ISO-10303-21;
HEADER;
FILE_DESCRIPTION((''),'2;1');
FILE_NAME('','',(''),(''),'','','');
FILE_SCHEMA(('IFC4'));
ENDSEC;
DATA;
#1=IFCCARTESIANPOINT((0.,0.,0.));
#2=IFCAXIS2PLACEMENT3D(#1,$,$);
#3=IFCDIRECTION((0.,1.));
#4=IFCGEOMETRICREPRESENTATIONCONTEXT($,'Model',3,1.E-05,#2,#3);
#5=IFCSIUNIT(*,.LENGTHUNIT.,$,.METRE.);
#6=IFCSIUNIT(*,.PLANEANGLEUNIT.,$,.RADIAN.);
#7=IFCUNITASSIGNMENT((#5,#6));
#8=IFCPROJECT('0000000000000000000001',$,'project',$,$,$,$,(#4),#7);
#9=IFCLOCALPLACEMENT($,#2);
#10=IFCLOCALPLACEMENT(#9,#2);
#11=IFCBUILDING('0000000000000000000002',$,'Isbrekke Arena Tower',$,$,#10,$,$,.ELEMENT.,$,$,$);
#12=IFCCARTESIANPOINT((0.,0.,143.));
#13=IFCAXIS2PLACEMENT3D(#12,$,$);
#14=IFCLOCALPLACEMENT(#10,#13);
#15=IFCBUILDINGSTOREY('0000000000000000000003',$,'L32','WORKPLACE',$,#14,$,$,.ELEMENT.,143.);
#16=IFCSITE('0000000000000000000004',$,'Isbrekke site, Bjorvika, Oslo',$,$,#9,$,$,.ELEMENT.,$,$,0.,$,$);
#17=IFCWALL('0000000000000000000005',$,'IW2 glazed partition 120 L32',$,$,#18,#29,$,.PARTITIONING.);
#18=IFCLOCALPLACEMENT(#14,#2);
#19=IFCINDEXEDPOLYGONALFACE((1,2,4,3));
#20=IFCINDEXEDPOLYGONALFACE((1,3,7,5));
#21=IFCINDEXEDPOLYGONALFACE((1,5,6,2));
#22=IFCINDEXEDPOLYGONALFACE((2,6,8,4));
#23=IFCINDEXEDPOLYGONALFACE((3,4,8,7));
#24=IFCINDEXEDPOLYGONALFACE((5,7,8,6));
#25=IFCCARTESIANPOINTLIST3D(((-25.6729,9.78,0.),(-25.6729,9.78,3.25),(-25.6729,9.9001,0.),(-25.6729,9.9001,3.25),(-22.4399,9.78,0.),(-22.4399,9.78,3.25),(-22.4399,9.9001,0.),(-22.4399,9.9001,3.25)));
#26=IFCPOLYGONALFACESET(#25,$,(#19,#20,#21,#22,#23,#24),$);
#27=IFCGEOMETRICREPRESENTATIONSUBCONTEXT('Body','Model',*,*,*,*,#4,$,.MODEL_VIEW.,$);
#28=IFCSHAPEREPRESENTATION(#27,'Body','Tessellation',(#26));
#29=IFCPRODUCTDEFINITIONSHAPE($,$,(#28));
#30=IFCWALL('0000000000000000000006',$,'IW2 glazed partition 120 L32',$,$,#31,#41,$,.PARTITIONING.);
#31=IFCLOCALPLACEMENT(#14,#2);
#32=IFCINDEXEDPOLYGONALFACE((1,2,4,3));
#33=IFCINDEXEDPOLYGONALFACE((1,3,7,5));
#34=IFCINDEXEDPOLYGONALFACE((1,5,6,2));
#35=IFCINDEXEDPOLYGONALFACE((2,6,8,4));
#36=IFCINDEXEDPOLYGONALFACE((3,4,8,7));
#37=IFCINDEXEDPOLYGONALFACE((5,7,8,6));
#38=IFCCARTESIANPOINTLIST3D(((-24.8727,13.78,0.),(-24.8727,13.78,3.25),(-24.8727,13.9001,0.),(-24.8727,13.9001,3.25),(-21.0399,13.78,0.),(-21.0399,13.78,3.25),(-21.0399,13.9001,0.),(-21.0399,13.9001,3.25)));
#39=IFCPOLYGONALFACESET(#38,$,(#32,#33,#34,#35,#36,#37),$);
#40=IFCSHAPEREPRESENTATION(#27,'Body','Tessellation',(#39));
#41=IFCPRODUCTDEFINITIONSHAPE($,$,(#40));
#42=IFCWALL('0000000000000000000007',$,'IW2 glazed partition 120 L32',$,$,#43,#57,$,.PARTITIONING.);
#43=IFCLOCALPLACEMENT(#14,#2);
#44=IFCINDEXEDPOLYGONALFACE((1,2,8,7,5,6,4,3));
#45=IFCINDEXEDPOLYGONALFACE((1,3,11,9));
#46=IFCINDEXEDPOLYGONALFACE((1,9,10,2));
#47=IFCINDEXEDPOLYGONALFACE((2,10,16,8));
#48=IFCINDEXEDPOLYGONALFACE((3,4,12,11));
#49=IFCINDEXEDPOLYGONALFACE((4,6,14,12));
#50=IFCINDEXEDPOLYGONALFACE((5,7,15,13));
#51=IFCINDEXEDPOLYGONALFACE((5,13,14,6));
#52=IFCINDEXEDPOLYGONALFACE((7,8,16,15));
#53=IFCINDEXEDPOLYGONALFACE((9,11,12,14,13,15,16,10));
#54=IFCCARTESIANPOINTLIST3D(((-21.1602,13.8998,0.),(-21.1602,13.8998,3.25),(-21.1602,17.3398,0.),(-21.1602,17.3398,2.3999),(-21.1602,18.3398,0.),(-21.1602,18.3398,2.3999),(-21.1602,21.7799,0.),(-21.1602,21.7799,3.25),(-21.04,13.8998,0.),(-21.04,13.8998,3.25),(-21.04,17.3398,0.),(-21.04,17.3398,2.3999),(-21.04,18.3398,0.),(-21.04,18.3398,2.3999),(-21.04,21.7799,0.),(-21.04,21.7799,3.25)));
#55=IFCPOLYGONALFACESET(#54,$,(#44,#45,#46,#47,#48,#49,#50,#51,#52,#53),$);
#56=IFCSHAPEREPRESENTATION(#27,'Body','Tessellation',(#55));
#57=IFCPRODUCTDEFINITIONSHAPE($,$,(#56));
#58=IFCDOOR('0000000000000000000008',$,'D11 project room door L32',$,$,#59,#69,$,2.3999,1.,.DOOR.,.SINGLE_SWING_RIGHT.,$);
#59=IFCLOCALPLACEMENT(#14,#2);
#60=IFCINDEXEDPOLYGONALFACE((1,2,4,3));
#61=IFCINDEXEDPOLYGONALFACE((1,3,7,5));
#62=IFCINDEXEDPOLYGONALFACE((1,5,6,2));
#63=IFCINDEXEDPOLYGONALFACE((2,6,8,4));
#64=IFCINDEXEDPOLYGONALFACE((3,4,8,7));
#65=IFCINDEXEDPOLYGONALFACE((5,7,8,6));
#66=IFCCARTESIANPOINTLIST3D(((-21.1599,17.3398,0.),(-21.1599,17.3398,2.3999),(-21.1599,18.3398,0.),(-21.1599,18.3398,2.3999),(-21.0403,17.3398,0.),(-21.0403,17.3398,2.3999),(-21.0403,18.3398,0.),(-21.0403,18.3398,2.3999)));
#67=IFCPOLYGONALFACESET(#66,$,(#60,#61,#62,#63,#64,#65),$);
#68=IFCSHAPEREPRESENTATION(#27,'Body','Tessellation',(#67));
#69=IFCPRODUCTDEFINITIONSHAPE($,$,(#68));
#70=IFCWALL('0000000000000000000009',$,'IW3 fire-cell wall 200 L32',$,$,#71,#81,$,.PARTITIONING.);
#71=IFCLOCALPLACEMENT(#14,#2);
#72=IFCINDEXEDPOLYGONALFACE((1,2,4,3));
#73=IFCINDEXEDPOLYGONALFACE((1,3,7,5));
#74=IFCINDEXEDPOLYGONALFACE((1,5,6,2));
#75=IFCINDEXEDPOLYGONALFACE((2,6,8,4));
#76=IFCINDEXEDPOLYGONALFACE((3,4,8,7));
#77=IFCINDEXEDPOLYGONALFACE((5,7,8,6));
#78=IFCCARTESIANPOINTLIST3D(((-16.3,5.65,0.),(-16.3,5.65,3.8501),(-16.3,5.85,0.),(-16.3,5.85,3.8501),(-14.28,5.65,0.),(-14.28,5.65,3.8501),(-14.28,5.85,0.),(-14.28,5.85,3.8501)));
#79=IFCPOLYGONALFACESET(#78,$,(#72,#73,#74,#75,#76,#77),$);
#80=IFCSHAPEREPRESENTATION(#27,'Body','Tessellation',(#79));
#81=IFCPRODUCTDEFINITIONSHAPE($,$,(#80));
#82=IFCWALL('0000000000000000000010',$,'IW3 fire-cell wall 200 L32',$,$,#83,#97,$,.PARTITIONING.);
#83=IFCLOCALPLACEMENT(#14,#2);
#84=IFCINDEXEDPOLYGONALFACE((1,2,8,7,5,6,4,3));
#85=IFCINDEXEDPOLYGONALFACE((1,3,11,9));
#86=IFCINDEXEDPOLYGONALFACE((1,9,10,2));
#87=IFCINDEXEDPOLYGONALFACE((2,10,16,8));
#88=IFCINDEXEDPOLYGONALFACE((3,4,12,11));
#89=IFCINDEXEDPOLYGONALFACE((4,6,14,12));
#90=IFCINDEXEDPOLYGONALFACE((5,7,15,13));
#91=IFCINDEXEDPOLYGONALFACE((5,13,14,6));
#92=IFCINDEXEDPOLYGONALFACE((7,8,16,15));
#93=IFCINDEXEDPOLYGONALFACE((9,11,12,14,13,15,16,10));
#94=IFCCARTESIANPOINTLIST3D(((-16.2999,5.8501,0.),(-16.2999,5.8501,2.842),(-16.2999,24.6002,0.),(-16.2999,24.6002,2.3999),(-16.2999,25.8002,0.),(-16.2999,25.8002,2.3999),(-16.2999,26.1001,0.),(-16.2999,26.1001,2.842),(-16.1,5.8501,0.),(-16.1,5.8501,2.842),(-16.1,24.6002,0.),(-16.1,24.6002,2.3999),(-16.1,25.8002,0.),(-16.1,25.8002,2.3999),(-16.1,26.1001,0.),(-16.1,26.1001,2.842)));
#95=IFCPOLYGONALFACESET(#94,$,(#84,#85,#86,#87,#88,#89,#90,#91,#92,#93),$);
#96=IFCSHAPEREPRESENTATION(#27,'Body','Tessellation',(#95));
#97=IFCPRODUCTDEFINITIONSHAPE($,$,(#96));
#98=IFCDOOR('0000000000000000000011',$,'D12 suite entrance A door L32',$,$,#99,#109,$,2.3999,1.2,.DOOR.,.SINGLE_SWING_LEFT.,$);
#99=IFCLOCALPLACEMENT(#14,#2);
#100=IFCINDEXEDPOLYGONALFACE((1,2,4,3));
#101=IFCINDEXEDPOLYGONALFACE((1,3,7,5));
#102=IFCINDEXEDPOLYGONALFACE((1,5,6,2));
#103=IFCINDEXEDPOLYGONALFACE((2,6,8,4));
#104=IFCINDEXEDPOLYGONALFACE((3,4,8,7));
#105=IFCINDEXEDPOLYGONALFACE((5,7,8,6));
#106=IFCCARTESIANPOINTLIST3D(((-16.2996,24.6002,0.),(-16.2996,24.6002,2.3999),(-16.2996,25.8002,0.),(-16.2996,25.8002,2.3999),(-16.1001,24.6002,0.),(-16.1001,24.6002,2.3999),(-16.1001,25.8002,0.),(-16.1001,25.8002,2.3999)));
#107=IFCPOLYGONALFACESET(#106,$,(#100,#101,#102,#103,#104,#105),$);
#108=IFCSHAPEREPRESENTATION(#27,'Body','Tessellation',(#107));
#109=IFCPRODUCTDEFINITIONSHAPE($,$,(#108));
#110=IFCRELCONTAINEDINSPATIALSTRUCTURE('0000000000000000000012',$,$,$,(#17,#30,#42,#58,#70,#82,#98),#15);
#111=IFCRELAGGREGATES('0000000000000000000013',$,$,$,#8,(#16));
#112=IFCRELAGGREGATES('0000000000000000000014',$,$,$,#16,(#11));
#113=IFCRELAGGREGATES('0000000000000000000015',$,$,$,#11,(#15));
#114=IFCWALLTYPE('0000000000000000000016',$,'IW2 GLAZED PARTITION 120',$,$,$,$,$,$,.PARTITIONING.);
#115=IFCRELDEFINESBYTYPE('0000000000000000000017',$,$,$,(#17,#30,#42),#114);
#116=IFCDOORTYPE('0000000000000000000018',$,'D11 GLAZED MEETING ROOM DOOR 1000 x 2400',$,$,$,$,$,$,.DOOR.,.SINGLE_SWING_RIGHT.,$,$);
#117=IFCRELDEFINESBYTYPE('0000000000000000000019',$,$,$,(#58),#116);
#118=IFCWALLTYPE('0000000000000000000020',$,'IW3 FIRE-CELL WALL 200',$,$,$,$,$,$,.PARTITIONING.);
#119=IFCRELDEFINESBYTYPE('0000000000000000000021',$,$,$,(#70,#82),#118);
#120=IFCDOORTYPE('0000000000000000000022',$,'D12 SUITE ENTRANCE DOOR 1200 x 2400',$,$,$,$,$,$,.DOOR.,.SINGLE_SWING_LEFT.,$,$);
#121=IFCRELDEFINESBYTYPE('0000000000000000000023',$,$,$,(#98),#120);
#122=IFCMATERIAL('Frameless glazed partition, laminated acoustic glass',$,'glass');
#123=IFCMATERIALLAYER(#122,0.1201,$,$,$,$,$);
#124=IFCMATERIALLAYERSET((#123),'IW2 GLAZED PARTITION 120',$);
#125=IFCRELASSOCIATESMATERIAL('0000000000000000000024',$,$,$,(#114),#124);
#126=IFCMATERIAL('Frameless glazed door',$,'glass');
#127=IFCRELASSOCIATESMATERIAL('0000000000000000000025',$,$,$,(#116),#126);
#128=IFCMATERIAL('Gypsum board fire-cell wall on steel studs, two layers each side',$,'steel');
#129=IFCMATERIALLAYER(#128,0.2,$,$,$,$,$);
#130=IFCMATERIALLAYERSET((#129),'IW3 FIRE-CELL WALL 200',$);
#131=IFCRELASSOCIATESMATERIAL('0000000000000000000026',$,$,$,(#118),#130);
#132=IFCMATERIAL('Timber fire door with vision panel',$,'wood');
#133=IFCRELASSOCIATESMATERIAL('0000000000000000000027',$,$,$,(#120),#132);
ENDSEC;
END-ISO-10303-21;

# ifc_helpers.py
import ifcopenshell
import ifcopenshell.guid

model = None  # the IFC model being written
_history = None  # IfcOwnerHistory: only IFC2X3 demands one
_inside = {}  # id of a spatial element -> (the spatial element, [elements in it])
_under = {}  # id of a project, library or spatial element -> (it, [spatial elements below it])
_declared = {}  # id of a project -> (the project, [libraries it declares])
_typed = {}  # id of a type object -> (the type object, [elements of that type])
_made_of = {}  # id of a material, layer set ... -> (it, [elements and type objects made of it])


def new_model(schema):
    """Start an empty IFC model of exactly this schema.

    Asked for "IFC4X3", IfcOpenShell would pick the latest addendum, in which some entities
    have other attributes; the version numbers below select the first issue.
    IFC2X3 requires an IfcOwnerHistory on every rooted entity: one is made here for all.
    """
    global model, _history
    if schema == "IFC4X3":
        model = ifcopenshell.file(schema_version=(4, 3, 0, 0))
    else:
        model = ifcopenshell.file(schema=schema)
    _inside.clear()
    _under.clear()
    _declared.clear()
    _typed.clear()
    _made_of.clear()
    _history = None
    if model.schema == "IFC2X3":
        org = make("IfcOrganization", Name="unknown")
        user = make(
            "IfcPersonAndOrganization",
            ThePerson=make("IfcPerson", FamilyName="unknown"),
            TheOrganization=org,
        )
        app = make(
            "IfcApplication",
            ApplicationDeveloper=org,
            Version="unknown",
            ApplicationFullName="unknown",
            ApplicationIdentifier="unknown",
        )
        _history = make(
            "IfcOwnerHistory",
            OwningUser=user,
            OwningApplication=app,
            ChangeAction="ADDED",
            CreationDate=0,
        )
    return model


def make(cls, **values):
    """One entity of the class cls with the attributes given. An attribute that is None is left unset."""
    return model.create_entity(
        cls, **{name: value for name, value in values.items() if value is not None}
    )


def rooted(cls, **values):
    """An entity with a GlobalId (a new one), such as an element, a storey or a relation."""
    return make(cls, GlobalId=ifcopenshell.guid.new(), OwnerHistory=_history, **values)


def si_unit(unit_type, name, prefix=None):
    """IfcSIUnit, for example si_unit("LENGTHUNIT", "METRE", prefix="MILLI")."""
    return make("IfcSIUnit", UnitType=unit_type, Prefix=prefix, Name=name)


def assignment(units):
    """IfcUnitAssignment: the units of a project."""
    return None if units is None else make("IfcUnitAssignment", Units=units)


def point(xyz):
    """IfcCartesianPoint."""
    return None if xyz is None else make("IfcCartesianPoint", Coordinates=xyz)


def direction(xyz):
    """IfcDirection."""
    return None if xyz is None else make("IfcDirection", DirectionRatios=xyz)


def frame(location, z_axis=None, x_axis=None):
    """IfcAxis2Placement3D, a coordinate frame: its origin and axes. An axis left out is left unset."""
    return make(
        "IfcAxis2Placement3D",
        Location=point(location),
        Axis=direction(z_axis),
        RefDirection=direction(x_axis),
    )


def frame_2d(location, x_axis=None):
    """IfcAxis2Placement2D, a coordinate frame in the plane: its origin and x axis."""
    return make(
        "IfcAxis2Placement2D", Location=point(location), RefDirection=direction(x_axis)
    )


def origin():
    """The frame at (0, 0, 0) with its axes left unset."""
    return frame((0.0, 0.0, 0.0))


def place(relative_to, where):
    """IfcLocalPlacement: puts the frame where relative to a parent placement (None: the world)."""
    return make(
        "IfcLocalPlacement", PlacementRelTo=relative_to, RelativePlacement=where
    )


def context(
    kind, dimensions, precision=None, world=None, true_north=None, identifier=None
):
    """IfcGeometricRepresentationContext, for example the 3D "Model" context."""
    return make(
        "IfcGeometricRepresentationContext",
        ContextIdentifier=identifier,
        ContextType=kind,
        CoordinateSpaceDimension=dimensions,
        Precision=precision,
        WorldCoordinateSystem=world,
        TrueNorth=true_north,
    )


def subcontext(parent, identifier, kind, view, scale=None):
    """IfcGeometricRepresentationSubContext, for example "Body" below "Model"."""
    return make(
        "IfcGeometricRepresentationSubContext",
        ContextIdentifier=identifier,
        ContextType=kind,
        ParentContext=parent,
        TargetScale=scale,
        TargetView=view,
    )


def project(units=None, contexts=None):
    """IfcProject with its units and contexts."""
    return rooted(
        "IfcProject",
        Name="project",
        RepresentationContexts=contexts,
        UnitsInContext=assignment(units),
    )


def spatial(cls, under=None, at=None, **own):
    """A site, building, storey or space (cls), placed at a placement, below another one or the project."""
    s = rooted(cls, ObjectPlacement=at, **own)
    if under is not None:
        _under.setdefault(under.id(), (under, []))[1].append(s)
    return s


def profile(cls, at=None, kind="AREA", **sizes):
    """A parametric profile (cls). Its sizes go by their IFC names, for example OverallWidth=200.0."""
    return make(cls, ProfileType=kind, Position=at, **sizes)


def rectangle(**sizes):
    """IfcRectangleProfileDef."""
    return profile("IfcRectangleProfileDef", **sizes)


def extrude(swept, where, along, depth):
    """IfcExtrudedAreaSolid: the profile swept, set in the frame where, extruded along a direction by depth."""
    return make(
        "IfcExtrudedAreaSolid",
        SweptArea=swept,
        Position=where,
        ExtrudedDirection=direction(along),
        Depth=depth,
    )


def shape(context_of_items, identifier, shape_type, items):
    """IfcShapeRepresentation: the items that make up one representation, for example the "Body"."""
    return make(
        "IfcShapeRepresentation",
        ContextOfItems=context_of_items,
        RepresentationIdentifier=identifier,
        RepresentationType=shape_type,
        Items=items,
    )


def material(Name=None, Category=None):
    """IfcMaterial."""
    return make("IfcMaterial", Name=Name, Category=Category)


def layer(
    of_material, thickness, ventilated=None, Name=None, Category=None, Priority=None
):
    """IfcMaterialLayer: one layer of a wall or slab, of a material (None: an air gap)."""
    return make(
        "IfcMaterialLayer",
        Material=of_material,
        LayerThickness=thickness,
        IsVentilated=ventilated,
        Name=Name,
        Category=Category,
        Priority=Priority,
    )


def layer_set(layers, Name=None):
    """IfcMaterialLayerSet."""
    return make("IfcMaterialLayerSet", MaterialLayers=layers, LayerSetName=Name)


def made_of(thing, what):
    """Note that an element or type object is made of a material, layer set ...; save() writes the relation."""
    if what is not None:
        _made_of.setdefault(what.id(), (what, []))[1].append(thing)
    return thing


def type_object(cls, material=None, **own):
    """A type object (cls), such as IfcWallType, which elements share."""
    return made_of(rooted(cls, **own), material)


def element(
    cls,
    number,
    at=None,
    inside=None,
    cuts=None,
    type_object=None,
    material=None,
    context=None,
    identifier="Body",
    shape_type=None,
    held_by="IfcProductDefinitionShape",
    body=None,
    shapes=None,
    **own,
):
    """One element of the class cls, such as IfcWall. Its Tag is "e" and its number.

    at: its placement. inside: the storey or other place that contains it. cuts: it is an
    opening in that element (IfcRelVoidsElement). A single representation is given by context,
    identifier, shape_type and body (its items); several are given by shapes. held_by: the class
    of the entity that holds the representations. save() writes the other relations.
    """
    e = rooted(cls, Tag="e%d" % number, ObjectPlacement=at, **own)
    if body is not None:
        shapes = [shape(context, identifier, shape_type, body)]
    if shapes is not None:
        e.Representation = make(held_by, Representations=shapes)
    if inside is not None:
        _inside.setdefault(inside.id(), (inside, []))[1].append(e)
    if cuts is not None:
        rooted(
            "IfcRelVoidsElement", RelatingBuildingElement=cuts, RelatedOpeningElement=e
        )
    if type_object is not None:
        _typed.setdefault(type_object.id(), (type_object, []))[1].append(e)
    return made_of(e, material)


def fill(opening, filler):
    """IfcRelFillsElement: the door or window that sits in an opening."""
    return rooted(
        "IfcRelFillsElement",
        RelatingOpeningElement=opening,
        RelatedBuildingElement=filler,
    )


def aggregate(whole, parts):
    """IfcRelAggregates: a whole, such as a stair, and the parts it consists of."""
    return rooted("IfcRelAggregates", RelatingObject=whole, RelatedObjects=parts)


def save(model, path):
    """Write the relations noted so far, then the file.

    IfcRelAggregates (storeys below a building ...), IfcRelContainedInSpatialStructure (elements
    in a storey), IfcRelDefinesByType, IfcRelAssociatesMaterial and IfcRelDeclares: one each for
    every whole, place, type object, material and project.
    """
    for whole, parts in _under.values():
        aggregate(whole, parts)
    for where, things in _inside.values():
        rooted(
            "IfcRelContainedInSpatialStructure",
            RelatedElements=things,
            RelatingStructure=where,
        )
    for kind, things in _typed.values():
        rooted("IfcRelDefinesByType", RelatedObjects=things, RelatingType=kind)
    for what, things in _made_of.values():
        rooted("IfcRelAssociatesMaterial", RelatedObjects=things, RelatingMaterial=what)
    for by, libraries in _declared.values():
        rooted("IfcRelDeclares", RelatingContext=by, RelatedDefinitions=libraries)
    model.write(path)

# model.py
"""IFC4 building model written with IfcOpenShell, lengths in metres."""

from ifc_helpers import new_model, si_unit, direction, frame, frame_2d, origin, place, context, subcontext, project, spatial, rectangle, extrude, material, layer, layer_set, type_object, element, fill, save


model = new_model("IFC4")

# Units and contexts
model_context = context("Model", 3, precision=1e-05, world=origin(), true_north=direction((0.0, 1.0)))
body_context = subcontext(model_context, "Body", "Model", "MODEL_VIEW")
ifc_project = project(units=[si_unit("LENGTHUNIT", "METRE"), si_unit("PLANEANGLEUNIT", "RADIAN")], contexts=[model_context])

# Site, building, storey
site_placement = place(None, origin())
site = spatial("IfcSite", under=ifc_project, at=site_placement, Name="Isbrekke site, Bjorvika, Oslo", CompositionType="ELEMENT", RefElevation=0.0)
building_placement = place(site_placement, origin())
building = spatial("IfcBuilding", under=site, at=building_placement, Name="Isbrekke Arena Tower", CompositionType="ELEMENT")
storey_placement = place(building_placement, frame((0.0, 0.0, 143.0)))
storey = spatial("IfcBuildingStorey", under=building, at=storey_placement, Name="L32", Description="WORKPLACE", CompositionType="ELEMENT", Elevation=143.0)

# Walls
ifc_material_1 = material(Name="Frameless glazed partition, laminated acoustic glass", Category="glass")
ifc_layer_1 = layer(ifc_material_1, 0.1201)
ifc_layer_set_1 = layer_set([ifc_layer_1], Name="IW2 GLAZED PARTITION 120")
wall_type_1 = type_object("IfcWallType", Name="IW2 GLAZED PARTITION 120", PredefinedType="PARTITIONING", material=ifc_layer_set_1)
wall_1_placement = place(storey_placement, frame((-25.6729, 9.8401, 0.0), z_axis=(0.0, 0.0, 1.0), x_axis=(1.0, 0.0, 0.0)))
element("IfcWall", 1, at=wall_1_placement, inside=storey, type_object=wall_type_1, Name="IW2 glazed partition 120 L32", PredefinedType="PARTITIONING", context=body_context, shape_type="SweptSolid", body=[
    extrude(rectangle(XDim=3.2329, YDim=0.1201, at=frame_2d((1.6165, 0.0))), origin(), (0.0, 0.0, 1.0), 3.25),
])
wall_2_placement = place(storey_placement, frame((-24.8728, 13.8401, 0.0), z_axis=(0.0, 0.0, 1.0), x_axis=(1.0, 0.0, 0.0)))
element("IfcWall", 2, at=wall_2_placement, inside=storey, type_object=wall_type_1, Name="IW2 glazed partition 120 L32", PredefinedType="PARTITIONING", context=body_context, shape_type="SweptSolid", body=[
    extrude(rectangle(XDim=3.8328, YDim=0.1201, at=frame_2d((1.9165, 0.0))), origin(), (0.0, 0.0, 1.0), 3.25),
])

# Wall, opening, door
wall_3_placement = place(storey_placement, frame((-21.1001, 13.8999, 0.0), z_axis=(0.0, 0.0, 1.0), x_axis=(0.0, 1.0, 0.0)))
wall_3 = element("IfcWall", 3, at=wall_3_placement, inside=storey, type_object=wall_type_1, Name="IW2 glazed partition 120 L32", PredefinedType="PARTITIONING", context=body_context, shape_type="SweptSolid", body=[
    extrude(rectangle(XDim=7.8801, YDim=0.1201, at=frame_2d((3.9399, 0.0))), origin(), (0.0, 0.0, 1.0), 3.25),
])
opening_1_placement = place(wall_3_placement, frame((3.4399, 0.0, 0.0)))
opening_1 = element("IfcOpeningElement", 4, at=opening_1_placement, cuts=wall_3, PredefinedType="OPENING", context=body_context, shape_type="SweptSolid", body=[
    extrude(rectangle(XDim=1.0, YDim=2.3999, at=frame_2d((0.5, 1.2))), frame((0.0, 0.075, 0.0), z_axis=(0.0, -1.0, 0.0), x_axis=(1.0, 0.0, 0.0)), (0.0, 0.0, 1.0), 0.1499),
])
ifc_material_2 = material(Name="Frameless glazed door", Category="glass")
door_type_1 = type_object("IfcDoorType", Name="D11 GLAZED MEETING ROOM DOOR 1000 x 2400", OperationType="SINGLE_SWING_RIGHT", PredefinedType="DOOR", material=ifc_material_2)
door_1_placement = place(opening_1_placement, origin())
door_1 = element("IfcDoor", 5, at=door_1_placement, inside=storey, type_object=door_type_1, Name="D11 project room door L32", OperationType="SINGLE_SWING_RIGHT", OverallHeight=2.3999, OverallWidth=1.0, PredefinedType="DOOR", context=body_context, shape_type="SweptSolid", body=[
    extrude(rectangle(XDim=1.0, YDim=2.3999, at=frame_2d((0.5, 1.2))), frame((0.0, 0.0598, 0.0), z_axis=(0.0, -1.0, 0.0), x_axis=(1.0, 0.0, 0.0)), (0.0, 0.0, 1.0), 0.1196),
])
fill(opening_1, door_1)

# Wall
ifc_material_3 = material(Name="Gypsum board fire-cell wall on steel studs, two layers each side", Category="steel")
ifc_layer_2 = layer(ifc_material_3, 0.2)
ifc_layer_set_2 = layer_set([ifc_layer_2], Name="IW3 FIRE-CELL WALL 200")
wall_type_2 = type_object("IfcWallType", Name="IW3 FIRE-CELL WALL 200", PredefinedType="PARTITIONING", material=ifc_layer_set_2)
wall_4_placement = place(storey_placement, frame((-16.3, 5.75, 0.0), z_axis=(0.0, 0.0, 1.0), x_axis=(1.0, 0.0, 0.0)))
element("IfcWall", 6, at=wall_4_placement, inside=storey, type_object=wall_type_2, Name="IW3 fire-cell wall 200 L32", PredefinedType="PARTITIONING", context=body_context, shape_type="SweptSolid", body=[
    extrude(rectangle(XDim=2.02, YDim=0.2, at=frame_2d((1.01, 0.0))), origin(), (0.0, 0.0, 1.0), 3.8501),
])

# Wall, opening, door
wall_5_placement = place(storey_placement, frame((-16.2, 5.8501, 0.0), z_axis=(0.0, 0.0, 1.0), x_axis=(0.0, 1.0, 0.0)))
wall_5 = element("IfcWall", 7, at=wall_5_placement, inside=storey, type_object=wall_type_2, Name="IW3 fire-cell wall 200 L32", PredefinedType="PARTITIONING", context=body_context, shape_type="SweptSolid", body=[
    extrude(rectangle(XDim=20.25, YDim=0.2, at=frame_2d((10.125, 0.0))), origin(), (0.0, 0.0, 1.0), 2.842),
])
opening_2_placement = place(wall_5_placement, frame((18.75, 0.0, 0.0)))
opening_2 = element("IfcOpeningElement", 8, at=opening_2_placement, cuts=wall_5, PredefinedType="OPENING", context=body_context, shape_type="SweptSolid", body=[
    extrude(rectangle(XDim=1.2, YDim=2.3999, at=frame_2d((0.6001, 1.2))), frame((0.0, 0.1147, 0.0), z_axis=(0.0, -1.0, 0.0), x_axis=(1.0, 0.0, 0.0)), (0.0, 0.0, 1.0), 0.2297),
])
ifc_material_4 = material(Name="Timber fire door with vision panel", Category="wood")
door_type_2 = type_object("IfcDoorType", Name="D12 SUITE ENTRANCE DOOR 1200 x 2400", OperationType="SINGLE_SWING_LEFT", PredefinedType="DOOR", material=ifc_material_4)
door_2_placement = place(opening_2_placement, origin())
door_2 = element("IfcDoor", 9, at=door_2_placement, inside=storey, type_object=door_type_2, Name="D12 suite entrance A door L32", OperationType="SINGLE_SWING_LEFT", OverallHeight=2.3999, OverallWidth=1.2, PredefinedType="DOOR", context=body_context, shape_type="SweptSolid", body=[
    extrude(rectangle(XDim=1.2, YDim=2.3999, at=frame_2d((0.6001, 1.2))), frame((0.0, 0.0996, 0.0), z_axis=(0.0, -1.0, 0.0), x_axis=(1.0, 0.0, 0.0)), (0.0, 0.0, 1.0), 0.1995),
])
fill(opening_2, door_2)

save(model, "model.ifc")
